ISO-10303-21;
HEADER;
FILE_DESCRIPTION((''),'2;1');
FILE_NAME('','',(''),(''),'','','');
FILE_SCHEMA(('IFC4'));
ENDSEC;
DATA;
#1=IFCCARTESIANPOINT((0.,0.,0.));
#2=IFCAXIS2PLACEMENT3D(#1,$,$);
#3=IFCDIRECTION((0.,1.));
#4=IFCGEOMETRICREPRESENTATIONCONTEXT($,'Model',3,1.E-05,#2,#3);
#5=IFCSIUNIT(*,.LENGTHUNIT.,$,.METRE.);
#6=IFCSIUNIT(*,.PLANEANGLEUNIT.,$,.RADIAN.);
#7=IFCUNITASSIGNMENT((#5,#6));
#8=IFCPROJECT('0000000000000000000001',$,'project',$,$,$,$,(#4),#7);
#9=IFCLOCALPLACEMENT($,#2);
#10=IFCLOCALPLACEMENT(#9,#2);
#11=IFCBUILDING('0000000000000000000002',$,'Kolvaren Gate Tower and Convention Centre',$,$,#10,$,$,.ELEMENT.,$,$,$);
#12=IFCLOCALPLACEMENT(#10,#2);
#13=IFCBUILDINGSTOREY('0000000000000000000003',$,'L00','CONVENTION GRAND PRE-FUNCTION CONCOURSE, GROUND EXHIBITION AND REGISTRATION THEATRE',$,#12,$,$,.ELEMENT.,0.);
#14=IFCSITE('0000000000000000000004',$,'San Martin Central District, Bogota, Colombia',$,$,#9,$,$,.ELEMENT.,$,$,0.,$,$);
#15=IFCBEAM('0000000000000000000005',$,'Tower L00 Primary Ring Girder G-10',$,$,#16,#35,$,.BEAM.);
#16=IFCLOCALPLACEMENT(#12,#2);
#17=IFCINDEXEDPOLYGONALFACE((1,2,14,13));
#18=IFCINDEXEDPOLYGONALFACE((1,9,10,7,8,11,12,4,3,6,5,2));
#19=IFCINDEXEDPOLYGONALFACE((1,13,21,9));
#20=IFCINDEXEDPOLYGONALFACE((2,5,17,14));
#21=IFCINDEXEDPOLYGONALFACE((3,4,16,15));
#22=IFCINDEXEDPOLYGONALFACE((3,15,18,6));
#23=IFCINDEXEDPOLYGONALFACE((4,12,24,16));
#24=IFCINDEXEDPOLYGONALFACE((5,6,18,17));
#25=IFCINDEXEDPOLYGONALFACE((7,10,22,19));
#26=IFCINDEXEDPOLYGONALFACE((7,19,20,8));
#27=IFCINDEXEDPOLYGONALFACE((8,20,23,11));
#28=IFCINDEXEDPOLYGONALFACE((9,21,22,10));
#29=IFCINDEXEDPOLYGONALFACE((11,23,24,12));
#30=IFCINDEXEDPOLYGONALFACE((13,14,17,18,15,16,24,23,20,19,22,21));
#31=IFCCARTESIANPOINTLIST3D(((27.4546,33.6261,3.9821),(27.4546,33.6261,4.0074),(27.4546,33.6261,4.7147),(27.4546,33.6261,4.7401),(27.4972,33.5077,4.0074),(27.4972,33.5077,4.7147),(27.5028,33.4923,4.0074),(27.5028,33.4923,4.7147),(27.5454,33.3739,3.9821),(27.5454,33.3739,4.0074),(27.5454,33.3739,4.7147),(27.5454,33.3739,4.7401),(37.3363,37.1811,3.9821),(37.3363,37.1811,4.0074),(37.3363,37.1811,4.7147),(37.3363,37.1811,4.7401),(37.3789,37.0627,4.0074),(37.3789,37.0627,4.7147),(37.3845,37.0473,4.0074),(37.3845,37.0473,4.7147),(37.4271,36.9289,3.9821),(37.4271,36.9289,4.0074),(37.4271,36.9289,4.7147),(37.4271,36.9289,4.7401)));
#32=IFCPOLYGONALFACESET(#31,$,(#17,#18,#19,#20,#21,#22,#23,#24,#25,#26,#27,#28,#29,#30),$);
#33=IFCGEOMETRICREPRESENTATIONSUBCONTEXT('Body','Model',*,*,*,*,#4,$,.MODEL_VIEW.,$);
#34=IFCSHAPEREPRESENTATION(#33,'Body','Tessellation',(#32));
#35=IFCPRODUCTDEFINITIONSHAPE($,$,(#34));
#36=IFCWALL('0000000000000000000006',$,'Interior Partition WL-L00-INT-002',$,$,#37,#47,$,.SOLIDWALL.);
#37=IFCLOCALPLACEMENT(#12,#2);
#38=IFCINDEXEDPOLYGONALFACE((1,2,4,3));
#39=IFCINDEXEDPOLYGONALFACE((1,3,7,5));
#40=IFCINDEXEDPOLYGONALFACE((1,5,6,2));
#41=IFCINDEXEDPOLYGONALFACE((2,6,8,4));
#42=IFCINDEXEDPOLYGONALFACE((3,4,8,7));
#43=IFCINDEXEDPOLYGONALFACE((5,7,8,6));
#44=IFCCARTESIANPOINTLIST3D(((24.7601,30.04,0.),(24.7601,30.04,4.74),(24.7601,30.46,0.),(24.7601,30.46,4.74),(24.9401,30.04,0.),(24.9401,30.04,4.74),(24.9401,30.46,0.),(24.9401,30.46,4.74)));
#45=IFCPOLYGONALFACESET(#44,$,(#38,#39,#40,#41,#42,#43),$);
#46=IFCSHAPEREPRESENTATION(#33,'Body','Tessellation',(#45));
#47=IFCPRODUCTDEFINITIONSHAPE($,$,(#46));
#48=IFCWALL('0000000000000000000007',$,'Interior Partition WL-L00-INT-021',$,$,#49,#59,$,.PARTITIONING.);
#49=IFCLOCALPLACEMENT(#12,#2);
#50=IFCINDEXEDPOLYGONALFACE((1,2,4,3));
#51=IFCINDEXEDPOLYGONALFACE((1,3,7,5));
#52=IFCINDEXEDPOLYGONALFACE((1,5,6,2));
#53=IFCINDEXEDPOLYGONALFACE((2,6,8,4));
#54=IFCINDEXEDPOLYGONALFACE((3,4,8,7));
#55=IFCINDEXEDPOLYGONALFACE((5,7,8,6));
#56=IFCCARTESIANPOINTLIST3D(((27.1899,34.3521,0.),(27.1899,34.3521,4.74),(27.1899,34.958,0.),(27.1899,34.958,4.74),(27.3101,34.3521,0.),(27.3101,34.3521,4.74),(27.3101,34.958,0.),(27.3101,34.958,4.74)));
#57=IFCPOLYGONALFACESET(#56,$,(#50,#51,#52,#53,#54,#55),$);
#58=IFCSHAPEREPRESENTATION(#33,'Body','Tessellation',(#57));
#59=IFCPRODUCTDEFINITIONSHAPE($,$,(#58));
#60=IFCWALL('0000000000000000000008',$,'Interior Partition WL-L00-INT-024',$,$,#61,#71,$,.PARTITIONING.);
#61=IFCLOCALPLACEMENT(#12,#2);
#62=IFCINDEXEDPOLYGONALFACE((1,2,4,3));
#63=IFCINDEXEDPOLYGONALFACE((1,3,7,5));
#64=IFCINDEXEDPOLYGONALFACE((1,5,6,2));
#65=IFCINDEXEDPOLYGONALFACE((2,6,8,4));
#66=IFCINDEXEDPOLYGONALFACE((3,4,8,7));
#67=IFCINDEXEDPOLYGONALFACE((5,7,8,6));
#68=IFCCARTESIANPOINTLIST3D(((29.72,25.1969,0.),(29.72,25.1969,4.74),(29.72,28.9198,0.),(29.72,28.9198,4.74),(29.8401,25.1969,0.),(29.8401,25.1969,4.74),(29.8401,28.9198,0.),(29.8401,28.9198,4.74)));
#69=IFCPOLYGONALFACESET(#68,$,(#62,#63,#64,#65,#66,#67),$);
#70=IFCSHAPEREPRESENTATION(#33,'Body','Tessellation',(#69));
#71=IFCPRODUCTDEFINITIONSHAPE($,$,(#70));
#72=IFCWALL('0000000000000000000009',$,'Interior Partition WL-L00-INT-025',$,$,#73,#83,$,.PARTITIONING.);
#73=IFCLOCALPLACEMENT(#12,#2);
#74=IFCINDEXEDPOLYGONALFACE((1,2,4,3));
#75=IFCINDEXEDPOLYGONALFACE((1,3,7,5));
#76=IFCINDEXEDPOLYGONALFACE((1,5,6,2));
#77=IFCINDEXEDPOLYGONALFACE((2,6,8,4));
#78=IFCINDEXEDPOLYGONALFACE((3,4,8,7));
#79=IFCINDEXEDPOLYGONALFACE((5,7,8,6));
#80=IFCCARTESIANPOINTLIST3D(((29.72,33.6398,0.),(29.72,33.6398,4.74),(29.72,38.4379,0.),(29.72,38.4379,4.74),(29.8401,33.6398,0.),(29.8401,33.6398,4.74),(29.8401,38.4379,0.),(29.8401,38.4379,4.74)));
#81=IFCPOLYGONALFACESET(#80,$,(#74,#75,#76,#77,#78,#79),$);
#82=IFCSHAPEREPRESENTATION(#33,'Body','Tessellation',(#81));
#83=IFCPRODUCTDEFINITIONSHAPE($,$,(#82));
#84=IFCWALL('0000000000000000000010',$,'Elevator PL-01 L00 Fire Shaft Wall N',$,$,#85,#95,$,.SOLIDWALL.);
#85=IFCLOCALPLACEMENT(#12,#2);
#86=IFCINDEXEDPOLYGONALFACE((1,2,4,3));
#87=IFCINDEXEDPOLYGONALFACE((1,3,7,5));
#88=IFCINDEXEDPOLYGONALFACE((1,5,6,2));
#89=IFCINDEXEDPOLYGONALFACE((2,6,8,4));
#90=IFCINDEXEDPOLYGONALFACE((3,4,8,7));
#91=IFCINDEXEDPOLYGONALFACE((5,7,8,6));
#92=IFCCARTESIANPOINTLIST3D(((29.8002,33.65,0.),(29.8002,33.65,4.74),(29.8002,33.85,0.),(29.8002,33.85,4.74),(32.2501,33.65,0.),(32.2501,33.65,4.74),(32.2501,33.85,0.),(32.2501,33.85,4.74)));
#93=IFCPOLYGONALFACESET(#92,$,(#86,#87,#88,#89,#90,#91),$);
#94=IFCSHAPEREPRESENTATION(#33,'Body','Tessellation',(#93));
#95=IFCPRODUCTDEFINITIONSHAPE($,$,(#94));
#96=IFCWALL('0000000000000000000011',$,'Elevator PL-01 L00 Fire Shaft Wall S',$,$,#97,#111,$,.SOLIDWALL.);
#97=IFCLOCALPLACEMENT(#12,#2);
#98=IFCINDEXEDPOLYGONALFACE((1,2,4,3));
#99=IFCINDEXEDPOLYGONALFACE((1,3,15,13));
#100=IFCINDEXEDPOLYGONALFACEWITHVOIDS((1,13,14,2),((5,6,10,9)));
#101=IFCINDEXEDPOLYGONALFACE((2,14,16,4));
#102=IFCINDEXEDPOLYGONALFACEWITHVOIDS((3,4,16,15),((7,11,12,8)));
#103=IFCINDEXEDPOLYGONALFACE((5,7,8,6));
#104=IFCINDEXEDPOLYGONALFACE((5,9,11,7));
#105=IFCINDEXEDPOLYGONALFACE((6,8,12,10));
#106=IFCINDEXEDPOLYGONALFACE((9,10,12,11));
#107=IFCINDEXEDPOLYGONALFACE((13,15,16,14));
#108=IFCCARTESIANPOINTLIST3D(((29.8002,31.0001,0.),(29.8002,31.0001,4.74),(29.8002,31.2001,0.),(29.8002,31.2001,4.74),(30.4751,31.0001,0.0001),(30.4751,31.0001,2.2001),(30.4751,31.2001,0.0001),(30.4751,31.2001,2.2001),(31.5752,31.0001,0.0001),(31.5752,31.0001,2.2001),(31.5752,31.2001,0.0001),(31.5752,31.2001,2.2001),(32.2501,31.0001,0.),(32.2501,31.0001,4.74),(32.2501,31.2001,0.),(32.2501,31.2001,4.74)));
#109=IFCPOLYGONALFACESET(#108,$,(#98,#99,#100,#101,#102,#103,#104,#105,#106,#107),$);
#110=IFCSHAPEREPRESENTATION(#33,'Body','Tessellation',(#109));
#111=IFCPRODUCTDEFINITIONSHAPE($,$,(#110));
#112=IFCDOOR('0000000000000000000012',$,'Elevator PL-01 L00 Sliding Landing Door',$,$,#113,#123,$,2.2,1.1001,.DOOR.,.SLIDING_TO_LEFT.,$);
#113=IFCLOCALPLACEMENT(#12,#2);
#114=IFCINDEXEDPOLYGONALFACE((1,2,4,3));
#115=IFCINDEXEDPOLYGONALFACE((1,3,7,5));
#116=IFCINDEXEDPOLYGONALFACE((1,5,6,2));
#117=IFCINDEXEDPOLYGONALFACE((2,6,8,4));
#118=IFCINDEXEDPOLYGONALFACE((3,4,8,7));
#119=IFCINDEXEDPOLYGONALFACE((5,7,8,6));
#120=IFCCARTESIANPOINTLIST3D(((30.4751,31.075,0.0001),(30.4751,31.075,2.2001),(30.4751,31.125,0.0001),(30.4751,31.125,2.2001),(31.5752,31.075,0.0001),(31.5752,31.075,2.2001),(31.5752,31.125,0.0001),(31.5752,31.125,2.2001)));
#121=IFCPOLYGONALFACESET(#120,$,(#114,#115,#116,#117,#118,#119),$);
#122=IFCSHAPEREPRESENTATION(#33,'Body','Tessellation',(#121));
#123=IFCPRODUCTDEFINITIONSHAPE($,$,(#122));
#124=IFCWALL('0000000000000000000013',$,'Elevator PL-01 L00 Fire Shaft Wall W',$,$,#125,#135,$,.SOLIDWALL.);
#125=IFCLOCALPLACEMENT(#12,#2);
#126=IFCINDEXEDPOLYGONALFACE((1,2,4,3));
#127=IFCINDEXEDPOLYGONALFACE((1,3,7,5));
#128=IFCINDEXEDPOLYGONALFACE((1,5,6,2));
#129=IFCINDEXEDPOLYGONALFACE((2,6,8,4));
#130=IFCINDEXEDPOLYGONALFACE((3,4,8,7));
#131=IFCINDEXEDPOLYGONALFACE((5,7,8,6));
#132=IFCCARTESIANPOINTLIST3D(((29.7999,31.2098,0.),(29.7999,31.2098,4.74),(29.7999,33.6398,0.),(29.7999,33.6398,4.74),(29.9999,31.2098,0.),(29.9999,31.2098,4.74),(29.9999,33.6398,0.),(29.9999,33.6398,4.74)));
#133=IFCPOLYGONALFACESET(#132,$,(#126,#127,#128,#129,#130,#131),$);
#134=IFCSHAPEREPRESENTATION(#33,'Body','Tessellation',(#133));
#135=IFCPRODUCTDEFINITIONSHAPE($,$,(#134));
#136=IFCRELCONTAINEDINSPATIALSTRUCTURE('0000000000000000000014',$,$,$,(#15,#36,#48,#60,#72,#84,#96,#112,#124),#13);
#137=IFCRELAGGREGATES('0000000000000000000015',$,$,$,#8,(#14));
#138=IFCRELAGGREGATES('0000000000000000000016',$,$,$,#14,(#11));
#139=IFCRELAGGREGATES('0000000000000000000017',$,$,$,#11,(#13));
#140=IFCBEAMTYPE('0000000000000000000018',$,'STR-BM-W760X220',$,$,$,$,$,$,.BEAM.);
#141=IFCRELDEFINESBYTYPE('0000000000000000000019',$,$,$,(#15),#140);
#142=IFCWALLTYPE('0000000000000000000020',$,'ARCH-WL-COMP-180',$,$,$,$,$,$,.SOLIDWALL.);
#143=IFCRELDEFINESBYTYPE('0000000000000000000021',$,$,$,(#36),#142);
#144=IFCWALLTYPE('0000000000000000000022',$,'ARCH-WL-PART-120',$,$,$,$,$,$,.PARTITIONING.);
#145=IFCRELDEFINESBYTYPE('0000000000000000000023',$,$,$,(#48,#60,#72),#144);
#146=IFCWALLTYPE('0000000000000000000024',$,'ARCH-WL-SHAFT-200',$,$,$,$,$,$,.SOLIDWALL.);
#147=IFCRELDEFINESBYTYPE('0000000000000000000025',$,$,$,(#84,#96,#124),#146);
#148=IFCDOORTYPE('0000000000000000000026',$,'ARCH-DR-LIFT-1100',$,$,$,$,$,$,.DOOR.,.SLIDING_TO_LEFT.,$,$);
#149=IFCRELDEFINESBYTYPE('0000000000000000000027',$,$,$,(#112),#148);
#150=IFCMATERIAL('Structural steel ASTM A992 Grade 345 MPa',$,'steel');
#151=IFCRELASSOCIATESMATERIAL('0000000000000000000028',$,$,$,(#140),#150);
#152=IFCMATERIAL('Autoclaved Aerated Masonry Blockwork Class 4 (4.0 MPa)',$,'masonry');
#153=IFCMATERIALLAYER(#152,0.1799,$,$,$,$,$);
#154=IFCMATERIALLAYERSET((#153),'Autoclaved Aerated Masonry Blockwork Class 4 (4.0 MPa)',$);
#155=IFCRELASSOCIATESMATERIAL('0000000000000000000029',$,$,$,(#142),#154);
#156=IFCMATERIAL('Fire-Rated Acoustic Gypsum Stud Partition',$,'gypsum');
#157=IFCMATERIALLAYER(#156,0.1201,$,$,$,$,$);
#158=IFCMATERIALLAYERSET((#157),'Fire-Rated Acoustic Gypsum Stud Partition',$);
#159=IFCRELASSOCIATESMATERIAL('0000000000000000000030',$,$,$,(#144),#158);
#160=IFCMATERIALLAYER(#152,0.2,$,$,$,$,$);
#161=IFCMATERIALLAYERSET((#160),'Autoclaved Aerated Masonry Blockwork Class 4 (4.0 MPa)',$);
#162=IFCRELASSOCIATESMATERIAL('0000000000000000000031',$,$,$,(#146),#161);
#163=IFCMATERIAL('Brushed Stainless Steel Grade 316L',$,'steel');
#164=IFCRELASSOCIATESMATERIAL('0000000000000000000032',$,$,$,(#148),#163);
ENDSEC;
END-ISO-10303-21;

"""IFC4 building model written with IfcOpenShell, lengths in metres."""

from ifc_helpers import new_model, si_unit, direction, frame, frame_2d, origin, origin_2d, place, context, subcontext, project, spatial, rectangle, i_section, extrude, material, layer, layer_set, material_profile, profile_set, type_object, element, fill, save


model = new_model("IFC4")

# Units and contexts
model_context = context("Model", 3, precision=1e-05, world=origin(), true_north=direction((0.0, 1.0)))
body_context = subcontext(model_context, "Body", "Model", "MODEL_VIEW")
ifc_project = project(units=[si_unit("LENGTHUNIT", "METRE"), si_unit("PLANEANGLEUNIT", "RADIAN")], contexts=[model_context])

# Site, building, storey
site_placement = place(None, origin())
site = spatial("IfcSite", under=ifc_project, at=site_placement, Name="San Martin Central District, Bogota, Colombia", CompositionType="ELEMENT", RefElevation=0.0)
building_placement = place(site_placement, origin())
building = spatial("IfcBuilding", under=site, at=building_placement, Name="Kolvaren Gate Tower and Convention Centre", CompositionType="ELEMENT")
storey_placement = place(building_placement, origin())
storey = spatial("IfcBuildingStorey", under=building, at=storey_placement, Name="L00", Description="CONVENTION GRAND PRE-FUNCTION CONCOURSE, GROUND EXHIBITION AND REGISTRATION THEATRE", CompositionType="ELEMENT", Elevation=0.0)

# Beam
ifc_material_1 = material(Name="Structural steel ASTM A992 Grade 345 MPa", Category="steel")
ifc_material_profile = material_profile(ifc_material_1, i_section(OverallWidth=0.2681, OverallDepth=0.7581, WebThickness=0.0164, FlangeThickness=0.0254, at=origin_2d()), Name="W760X220")
ifc_profile_set = profile_set([ifc_material_profile], Name="Structural steel ASTM A992 Grade 345 MPa")
beam_type = type_object("IfcBeamType", Name="STR-BM-W760X220", PredefinedType="BEAM", material=ifc_profile_set)
beam_placement = place(storey_placement, frame((27.5, 33.5, 4.3611), z_axis=(0.940961, 0.338514, 0.0), x_axis=(-0.338514, 0.940961, 0.0)))
element("IfcBeam", 1, at=beam_placement, inside=storey, type_object=beam_type, Name="Tower L00 Primary Ring Girder G-10", PredefinedType="BEAM", context=body_context, shape_type="SweptSolid", body=[
    extrude(i_section(OverallWidth=0.2681, OverallDepth=0.7581, WebThickness=0.0164, FlangeThickness=0.0254, at=origin_2d()), origin(), (0.0, 0.0, 1.0), 10.5017),
])

# Walls
ifc_material_2 = material(Name="Autoclaved Aerated Masonry Blockwork Class 4 (4.0 MPa)", Category="masonry")
ifc_layer_1 = layer(ifc_material_2, 0.1799)
ifc_layer_set_1 = layer_set([ifc_layer_1], Name="Autoclaved Aerated Masonry Blockwork Class 4 (4.0 MPa)")
wall_type_1 = type_object("IfcWallType", Name="ARCH-WL-COMP-180", PredefinedType="SOLIDWALL", material=ifc_layer_set_1)
wall_1_placement = place(storey_placement, frame((24.8501, 30.04, 0.0), z_axis=(0.0, 0.0, 1.0), x_axis=(0.0, 1.0, 0.0)))
element("IfcWall", 2, at=wall_1_placement, inside=storey, type_object=wall_type_1, Name="Interior Partition WL-L00-INT-002", PredefinedType="SOLIDWALL", context=body_context, shape_type="SweptSolid", body=[
    extrude(rectangle(XDim=0.4199, YDim=0.1799, at=frame_2d((0.21, 0.0))), origin(), (0.0, 0.0, 1.0), 4.74),
])
ifc_material_3 = material(Name="Fire-Rated Acoustic Gypsum Stud Partition", Category="gypsum")
ifc_layer_2 = layer(ifc_material_3, 0.1201)
ifc_layer_set_2 = layer_set([ifc_layer_2], Name="Fire-Rated Acoustic Gypsum Stud Partition")
wall_type_2 = type_object("IfcWallType", Name="ARCH-WL-PART-120", PredefinedType="PARTITIONING", material=ifc_layer_set_2)
wall_2_placement = place(storey_placement, frame((27.25, 34.3521, 0.0), z_axis=(0.0, 0.0, 1.0), x_axis=(0.0, 1.0, 0.0)))
element("IfcWall", 3, at=wall_2_placement, inside=storey, type_object=wall_type_2, Name="Interior Partition WL-L00-INT-021", PredefinedType="PARTITIONING", context=body_context, shape_type="SweptSolid", body=[
    extrude(rectangle(XDim=0.606, YDim=0.1201, at=frame_2d((0.303, 0.0))), origin(), (0.0, 0.0, 1.0), 4.74),
])
wall_3_placement = place(storey_placement, frame((29.78, 25.197, 0.0), z_axis=(0.0, 0.0, 1.0), x_axis=(0.0, 1.0, 0.0)))
element("IfcWall", 4, at=wall_3_placement, inside=storey, type_object=wall_type_2, Name="Interior Partition WL-L00-INT-024", PredefinedType="PARTITIONING", context=body_context, shape_type="SweptSolid", body=[
    extrude(rectangle(XDim=3.7229, YDim=0.1201, at=frame_2d((1.8613, 0.0))), origin(), (0.0, 0.0, 1.0), 4.74),
])
wall_4_placement = place(storey_placement, frame((29.78, 33.6399, 0.0), z_axis=(0.0, 0.0, 1.0), x_axis=(0.0, 1.0, 0.0)))
element("IfcWall", 5, at=wall_4_placement, inside=storey, type_object=wall_type_2, Name="Interior Partition WL-L00-INT-025", PredefinedType="PARTITIONING", context=body_context, shape_type="SweptSolid", body=[
    extrude(rectangle(XDim=4.7981, YDim=0.1201, at=frame_2d((2.3989, 0.0))), origin(), (0.0, 0.0, 1.0), 4.74),
])
ifc_layer_3 = layer(ifc_material_2, 0.2)
ifc_layer_set_3 = layer_set([ifc_layer_3], Name="Autoclaved Aerated Masonry Blockwork Class 4 (4.0 MPa)")
wall_type_3 = type_object("IfcWallType", Name="ARCH-WL-SHAFT-200", PredefinedType="SOLIDWALL", material=ifc_layer_set_3)
wall_5_placement = place(storey_placement, frame((29.8, 33.75, 0.0), z_axis=(0.0, 0.0, 1.0), x_axis=(1.0, 0.0, 0.0)))
element("IfcWall", 6, at=wall_5_placement, inside=storey, type_object=wall_type_3, Name="Elevator PL-01 L00 Fire Shaft Wall N", PredefinedType="SOLIDWALL", context=body_context, shape_type="SweptSolid", body=[
    extrude(rectangle(XDim=2.45, YDim=0.2, at=frame_2d((1.2251, 0.0))), origin(), (0.0, 0.0, 1.0), 4.74),
])

# Wall, opening, door
wall_6_placement = place(storey_placement, frame((29.8, 31.1001, 0.0), z_axis=(0.0, 0.0, 1.0), x_axis=(1.0, 0.0, 0.0)))
wall_6 = element("IfcWall", 7, at=wall_6_placement, inside=storey, type_object=wall_type_3, Name="Elevator PL-01 L00 Fire Shaft Wall S", PredefinedType="SOLIDWALL", context=body_context, shape_type="SweptSolid", body=[
    extrude(rectangle(XDim=2.45, YDim=0.2, at=frame_2d((1.2251, 0.0))), origin(), (0.0, 0.0, 1.0), 4.74),
])
opening_1_placement = place(wall_6_placement, frame((0.675, 0.0, 0.0)))
opening_1 = element("IfcOpeningElement", 8, at=opening_1_placement, cuts=wall_6, PredefinedType="OPENING", context=body_context, shape_type="SweptSolid", body=[
    extrude(rectangle(XDim=1.1001, YDim=2.2, at=frame_2d((0.55, 1.1001))), frame((0.0, 0.1099, 0.0), z_axis=(0.0, -1.0, 0.0), x_axis=(1.0, 0.0, 0.0)), (0.0, 0.0, 1.0), 0.22),
])
ifc_material_4 = material(Name="Brushed Stainless Steel Grade 316L", Category="steel")
door_type_1 = type_object("IfcDoorType", Name="ARCH-DR-LIFT-1100", OperationType="SLIDING_TO_LEFT", PredefinedType="DOOR", material=ifc_material_4)
door_1_placement = place(opening_1_placement, origin())
door_1 = element("IfcDoor", 9, at=door_1_placement, inside=storey, type_object=door_type_1, Name="Elevator PL-01 L00 Sliding Landing Door", OperationType="SLIDING_TO_LEFT", OverallHeight=2.2, OverallWidth=1.1001, PredefinedType="DOOR", context=body_context, shape_type="SweptSolid", body=[
    extrude(rectangle(XDim=1.1001, YDim=2.2, at=frame_2d((0.55, 1.1001))), frame((0.0, 0.0249, 0.0), z_axis=(0.0, -1.0, 0.0), x_axis=(1.0, 0.0, 0.0)), (0.0, 0.0, 1.0), 0.05),
])
fill(opening_1, door_1)

# Wall
wall_7_placement = place(storey_placement, frame((29.8999, 31.21, 0.0), z_axis=(0.0, 0.0, 1.0), x_axis=(0.0, 1.0, 0.0)))
element("IfcWall", 10, at=wall_7_placement, inside=storey, type_object=wall_type_3, Name="Elevator PL-01 L00 Fire Shaft Wall W", PredefinedType="SOLIDWALL", context=body_context, shape_type="SweptSolid", body=[
    extrude(rectangle(XDim=2.4299, YDim=0.2, at=frame_2d((1.2148, 0.0))), origin(), (0.0, 0.0, 1.0), 4.74),
])

save(model, "model.ifc")
